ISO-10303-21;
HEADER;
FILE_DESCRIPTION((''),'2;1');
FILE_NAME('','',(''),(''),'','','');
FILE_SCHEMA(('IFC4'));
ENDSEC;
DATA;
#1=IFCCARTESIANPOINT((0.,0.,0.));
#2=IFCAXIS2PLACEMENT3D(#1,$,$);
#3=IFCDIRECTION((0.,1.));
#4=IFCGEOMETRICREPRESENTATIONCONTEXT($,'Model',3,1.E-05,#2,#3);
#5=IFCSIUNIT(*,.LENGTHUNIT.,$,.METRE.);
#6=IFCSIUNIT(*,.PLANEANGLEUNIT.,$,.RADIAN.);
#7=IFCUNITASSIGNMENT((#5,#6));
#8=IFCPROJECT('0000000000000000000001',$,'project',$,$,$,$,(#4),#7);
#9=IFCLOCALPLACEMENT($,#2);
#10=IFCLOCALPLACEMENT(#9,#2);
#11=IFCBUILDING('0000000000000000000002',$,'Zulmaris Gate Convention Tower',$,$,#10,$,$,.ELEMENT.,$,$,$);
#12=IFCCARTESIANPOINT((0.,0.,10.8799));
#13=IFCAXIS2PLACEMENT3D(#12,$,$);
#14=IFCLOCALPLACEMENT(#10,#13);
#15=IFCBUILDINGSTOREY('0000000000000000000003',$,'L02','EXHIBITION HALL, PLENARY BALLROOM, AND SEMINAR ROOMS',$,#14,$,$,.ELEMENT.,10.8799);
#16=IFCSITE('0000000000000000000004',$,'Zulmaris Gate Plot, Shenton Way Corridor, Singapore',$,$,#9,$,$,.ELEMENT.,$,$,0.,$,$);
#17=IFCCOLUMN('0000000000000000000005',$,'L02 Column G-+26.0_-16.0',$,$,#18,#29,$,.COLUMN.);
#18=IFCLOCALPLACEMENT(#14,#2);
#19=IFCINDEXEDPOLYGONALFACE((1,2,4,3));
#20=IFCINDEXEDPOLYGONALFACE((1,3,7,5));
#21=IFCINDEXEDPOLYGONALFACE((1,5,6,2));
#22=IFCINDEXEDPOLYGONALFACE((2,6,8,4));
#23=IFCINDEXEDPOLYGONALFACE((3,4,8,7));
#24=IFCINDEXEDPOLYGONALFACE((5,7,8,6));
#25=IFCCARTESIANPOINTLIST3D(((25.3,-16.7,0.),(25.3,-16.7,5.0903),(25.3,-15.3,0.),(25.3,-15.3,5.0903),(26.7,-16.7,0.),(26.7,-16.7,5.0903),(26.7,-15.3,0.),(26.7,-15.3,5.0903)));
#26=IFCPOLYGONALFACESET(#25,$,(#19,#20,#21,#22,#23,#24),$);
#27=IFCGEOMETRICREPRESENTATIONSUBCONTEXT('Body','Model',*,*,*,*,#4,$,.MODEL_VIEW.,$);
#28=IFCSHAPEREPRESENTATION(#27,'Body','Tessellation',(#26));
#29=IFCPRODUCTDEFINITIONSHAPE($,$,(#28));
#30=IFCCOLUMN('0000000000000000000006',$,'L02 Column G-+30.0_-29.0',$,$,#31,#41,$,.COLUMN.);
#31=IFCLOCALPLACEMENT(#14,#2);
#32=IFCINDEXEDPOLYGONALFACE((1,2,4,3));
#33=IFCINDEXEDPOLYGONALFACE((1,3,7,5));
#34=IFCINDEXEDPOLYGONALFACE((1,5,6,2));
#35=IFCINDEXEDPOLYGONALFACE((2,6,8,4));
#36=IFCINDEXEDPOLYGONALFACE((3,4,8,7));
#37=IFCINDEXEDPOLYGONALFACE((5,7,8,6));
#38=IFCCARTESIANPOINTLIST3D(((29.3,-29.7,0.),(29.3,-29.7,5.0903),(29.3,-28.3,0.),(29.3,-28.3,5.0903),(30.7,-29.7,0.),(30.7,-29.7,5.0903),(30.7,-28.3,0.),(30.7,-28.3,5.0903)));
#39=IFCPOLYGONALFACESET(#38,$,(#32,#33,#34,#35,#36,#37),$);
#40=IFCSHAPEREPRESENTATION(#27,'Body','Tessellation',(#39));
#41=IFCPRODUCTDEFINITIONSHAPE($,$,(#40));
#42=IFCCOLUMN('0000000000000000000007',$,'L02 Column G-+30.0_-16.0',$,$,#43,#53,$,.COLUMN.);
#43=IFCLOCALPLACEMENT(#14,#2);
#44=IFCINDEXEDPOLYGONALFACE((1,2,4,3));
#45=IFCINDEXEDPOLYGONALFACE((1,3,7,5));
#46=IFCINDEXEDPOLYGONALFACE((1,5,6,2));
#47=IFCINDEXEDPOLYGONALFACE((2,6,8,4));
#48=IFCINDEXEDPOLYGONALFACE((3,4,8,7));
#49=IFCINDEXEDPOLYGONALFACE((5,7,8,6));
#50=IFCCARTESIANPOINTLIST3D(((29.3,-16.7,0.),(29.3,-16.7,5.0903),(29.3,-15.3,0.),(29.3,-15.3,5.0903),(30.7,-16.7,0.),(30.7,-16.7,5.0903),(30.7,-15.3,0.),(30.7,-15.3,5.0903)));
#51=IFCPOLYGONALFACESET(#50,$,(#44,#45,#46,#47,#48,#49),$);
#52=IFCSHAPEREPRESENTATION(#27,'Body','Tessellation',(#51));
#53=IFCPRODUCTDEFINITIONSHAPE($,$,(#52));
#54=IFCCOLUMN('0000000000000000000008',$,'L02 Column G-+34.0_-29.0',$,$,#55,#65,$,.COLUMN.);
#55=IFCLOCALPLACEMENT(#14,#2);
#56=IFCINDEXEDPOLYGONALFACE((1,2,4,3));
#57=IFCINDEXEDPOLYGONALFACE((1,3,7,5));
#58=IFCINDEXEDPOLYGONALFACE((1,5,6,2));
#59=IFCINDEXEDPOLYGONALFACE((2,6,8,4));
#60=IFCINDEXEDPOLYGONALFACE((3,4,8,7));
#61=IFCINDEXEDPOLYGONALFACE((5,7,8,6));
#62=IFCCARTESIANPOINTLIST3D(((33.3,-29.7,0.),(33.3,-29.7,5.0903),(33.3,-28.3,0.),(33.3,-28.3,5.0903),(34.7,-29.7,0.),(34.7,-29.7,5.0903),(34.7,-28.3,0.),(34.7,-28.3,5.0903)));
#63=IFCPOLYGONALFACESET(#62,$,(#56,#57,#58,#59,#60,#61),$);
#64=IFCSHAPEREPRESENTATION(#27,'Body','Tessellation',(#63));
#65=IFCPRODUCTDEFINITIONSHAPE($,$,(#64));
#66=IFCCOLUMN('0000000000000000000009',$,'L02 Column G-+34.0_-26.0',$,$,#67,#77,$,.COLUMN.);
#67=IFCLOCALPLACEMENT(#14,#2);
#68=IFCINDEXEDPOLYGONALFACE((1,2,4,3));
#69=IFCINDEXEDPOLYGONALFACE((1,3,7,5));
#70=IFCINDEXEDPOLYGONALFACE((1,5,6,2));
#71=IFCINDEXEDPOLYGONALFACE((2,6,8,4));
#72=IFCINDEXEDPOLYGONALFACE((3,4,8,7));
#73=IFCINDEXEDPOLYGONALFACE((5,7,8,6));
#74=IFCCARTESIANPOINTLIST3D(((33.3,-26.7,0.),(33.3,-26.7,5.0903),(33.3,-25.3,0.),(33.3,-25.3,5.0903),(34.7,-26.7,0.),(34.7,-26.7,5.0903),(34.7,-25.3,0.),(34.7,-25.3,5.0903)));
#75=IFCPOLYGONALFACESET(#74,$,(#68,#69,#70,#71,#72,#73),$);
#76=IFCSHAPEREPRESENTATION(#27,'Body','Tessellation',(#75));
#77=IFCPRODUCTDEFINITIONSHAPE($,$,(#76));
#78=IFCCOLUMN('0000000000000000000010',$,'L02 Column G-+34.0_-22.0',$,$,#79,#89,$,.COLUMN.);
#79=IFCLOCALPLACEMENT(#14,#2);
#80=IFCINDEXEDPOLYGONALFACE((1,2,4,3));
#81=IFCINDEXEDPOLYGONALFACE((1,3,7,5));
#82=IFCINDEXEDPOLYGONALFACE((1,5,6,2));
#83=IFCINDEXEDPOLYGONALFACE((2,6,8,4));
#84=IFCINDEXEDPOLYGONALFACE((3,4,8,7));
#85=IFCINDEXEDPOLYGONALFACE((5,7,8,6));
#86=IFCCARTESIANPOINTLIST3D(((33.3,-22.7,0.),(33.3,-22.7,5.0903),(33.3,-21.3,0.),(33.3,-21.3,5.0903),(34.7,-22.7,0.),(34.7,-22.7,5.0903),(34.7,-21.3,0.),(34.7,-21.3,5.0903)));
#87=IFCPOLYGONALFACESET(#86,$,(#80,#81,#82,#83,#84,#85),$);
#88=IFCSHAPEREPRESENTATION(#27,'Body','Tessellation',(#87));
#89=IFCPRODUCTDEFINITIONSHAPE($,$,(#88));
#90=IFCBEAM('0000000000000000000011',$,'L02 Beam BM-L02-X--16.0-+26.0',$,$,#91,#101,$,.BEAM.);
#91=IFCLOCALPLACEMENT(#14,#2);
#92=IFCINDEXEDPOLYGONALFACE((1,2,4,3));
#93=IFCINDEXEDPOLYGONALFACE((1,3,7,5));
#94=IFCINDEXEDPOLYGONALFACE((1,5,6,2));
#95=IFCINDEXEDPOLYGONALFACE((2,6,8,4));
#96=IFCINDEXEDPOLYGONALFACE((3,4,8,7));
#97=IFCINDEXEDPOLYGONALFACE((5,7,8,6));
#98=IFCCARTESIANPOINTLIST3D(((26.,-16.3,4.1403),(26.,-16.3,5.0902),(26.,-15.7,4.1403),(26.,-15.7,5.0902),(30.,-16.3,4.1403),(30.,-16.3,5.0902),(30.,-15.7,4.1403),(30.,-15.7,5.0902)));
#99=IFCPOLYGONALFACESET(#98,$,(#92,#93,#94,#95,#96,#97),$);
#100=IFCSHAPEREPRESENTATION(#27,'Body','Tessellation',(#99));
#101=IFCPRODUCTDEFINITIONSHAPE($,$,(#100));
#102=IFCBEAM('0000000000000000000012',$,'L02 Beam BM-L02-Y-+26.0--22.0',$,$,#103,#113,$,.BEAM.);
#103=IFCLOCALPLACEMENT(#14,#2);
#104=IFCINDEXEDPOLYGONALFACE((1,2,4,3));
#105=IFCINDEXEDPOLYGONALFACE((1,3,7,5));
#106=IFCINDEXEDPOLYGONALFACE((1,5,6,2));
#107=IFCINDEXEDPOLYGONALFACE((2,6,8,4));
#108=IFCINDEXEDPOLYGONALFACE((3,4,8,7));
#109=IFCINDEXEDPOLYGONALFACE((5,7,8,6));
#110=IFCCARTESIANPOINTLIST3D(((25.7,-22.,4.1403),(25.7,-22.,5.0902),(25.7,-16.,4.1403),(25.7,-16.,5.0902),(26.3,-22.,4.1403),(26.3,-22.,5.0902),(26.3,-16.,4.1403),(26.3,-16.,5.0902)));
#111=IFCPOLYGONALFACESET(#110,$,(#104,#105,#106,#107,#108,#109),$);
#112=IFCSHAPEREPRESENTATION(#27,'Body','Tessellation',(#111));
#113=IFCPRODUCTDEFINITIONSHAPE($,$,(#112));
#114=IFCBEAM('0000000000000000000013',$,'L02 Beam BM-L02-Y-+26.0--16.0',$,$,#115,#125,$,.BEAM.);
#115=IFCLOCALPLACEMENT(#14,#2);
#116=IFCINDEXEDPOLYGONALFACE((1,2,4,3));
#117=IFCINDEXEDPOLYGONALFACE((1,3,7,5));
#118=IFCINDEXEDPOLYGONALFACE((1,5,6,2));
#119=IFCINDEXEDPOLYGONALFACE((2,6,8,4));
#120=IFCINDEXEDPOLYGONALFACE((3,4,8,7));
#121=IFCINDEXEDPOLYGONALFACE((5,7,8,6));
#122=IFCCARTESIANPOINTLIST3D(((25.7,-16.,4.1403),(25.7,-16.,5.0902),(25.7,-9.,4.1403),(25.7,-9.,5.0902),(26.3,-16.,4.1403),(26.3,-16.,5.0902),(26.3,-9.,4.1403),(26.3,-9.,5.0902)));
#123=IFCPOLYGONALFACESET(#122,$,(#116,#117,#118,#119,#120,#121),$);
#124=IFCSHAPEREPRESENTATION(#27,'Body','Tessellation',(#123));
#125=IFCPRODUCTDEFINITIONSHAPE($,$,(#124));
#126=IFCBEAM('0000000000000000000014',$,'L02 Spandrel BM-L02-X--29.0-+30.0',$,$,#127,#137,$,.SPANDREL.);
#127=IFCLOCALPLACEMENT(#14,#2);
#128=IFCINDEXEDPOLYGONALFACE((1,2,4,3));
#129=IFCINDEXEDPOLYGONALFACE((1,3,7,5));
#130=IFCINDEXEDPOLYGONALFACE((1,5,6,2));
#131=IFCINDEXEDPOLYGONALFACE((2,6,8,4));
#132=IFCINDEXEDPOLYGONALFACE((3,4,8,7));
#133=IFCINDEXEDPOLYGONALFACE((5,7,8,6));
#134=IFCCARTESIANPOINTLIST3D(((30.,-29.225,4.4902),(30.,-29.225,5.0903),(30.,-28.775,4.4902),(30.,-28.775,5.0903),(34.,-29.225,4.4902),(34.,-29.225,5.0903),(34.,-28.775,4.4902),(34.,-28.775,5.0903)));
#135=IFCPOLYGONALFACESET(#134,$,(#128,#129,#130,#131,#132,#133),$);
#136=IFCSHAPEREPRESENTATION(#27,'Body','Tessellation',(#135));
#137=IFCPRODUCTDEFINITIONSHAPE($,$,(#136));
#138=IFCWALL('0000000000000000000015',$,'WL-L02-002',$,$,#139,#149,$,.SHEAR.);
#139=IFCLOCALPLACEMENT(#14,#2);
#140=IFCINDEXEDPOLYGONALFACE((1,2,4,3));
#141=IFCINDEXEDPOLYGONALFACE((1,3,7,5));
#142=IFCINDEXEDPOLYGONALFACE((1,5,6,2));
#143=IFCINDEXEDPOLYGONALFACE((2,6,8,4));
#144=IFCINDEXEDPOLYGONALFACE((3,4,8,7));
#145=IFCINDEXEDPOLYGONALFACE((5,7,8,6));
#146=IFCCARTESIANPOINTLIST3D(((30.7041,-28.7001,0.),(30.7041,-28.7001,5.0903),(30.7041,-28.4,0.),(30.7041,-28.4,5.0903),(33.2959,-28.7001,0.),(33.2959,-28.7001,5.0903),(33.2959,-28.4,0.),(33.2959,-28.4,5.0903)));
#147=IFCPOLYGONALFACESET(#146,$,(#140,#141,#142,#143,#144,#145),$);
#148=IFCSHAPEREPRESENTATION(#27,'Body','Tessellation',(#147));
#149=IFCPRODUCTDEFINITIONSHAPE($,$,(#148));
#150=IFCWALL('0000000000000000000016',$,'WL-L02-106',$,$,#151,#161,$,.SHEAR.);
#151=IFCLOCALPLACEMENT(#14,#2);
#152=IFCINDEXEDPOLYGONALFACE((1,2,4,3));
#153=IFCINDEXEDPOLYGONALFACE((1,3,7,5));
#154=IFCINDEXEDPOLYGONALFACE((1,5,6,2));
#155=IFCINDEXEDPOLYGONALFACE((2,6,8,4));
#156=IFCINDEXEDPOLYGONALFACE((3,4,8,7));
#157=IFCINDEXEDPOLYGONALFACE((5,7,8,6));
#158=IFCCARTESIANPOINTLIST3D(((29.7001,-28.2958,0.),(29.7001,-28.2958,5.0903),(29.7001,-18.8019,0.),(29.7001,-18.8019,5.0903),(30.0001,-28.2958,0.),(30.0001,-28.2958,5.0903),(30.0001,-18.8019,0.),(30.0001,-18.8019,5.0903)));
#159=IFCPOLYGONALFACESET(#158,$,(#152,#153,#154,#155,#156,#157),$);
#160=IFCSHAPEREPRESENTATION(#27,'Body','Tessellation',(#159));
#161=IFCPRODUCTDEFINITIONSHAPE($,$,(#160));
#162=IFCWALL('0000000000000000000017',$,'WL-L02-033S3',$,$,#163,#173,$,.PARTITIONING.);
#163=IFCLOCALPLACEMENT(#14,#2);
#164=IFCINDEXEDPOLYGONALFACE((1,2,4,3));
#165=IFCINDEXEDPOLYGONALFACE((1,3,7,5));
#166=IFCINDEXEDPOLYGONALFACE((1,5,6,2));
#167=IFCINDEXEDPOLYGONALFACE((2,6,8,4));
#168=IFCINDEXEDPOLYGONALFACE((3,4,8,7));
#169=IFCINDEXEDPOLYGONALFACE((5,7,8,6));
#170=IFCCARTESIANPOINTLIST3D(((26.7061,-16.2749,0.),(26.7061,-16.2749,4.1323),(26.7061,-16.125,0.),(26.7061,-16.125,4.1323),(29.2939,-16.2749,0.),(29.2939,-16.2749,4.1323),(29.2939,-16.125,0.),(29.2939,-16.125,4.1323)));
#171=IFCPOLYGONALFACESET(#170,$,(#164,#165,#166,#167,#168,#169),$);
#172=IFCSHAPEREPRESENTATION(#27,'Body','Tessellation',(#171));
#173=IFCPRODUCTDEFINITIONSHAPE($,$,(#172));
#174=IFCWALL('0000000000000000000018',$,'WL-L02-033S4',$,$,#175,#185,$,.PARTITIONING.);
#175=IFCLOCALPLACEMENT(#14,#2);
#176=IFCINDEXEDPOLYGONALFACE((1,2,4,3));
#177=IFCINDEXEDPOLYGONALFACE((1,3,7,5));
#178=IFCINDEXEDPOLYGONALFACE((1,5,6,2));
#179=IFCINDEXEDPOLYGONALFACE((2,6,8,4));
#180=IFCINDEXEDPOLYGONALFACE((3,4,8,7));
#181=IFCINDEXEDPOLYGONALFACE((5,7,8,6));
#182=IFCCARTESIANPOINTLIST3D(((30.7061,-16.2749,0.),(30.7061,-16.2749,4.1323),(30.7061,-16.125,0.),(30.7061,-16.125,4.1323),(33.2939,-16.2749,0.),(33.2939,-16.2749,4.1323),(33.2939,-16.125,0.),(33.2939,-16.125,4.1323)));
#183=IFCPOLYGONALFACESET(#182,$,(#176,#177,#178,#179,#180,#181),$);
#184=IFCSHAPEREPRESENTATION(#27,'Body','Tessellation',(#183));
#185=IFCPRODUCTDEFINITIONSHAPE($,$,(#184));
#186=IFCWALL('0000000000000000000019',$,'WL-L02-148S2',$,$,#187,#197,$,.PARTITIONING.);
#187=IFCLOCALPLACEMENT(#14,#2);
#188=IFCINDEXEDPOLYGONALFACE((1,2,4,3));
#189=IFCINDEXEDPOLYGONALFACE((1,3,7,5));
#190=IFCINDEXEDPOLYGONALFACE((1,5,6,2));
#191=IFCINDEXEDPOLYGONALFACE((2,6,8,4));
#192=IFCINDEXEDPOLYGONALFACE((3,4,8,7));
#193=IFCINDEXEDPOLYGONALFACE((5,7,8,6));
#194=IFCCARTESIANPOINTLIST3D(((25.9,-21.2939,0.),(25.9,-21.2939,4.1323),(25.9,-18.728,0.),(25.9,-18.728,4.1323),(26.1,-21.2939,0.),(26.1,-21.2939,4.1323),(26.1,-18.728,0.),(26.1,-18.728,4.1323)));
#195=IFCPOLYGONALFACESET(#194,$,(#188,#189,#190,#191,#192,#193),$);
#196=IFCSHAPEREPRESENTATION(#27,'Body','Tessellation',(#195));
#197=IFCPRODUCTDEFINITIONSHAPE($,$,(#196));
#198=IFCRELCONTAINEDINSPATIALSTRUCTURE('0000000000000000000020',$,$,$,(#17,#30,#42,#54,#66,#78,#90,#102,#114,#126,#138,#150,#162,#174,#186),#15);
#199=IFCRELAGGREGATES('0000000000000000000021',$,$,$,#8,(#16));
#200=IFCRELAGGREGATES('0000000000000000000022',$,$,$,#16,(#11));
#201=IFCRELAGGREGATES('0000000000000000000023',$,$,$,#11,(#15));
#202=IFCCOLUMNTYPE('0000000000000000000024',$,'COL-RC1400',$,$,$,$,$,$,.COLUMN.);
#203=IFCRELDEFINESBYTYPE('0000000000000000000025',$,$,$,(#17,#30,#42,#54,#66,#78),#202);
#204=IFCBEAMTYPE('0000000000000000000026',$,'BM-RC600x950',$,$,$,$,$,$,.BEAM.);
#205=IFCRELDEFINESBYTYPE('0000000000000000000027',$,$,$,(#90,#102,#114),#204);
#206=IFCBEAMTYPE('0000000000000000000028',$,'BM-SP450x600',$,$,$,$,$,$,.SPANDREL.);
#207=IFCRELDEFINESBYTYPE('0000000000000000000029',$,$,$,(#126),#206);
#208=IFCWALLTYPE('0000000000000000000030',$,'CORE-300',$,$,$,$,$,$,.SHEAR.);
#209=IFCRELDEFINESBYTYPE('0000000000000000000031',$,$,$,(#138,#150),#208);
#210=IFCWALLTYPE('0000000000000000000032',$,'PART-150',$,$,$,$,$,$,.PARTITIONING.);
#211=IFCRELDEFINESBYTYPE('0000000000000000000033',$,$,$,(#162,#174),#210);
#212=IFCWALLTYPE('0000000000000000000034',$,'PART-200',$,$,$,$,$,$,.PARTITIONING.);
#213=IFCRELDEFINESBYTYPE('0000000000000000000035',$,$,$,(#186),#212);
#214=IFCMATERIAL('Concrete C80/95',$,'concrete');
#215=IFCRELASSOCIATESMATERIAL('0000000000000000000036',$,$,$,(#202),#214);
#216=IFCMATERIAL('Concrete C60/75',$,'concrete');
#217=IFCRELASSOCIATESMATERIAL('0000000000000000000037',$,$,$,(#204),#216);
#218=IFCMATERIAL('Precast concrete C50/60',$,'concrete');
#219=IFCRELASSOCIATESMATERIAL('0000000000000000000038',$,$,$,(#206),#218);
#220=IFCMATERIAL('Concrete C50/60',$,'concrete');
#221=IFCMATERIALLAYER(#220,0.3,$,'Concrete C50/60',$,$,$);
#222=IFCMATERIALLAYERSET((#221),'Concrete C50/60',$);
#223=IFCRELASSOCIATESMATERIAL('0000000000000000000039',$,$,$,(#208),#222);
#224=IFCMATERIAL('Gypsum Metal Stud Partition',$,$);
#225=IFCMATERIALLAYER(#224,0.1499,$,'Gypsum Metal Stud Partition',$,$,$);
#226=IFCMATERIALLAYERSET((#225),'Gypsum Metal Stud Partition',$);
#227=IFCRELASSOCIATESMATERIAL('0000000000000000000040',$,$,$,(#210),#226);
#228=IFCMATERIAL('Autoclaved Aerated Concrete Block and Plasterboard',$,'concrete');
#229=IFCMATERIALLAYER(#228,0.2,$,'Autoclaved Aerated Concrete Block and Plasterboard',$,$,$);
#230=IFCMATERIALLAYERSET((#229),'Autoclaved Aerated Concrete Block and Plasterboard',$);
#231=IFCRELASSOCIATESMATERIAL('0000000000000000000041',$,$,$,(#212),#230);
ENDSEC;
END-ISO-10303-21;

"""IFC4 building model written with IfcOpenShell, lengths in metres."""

from ifc_helpers import new_model, si_unit, direction, frame, frame_2d, origin, origin_2d, place, context, subcontext, project, spatial, rectangle, extrude, material, layer, layer_set, material_profile, profile_set, type_object, element, save


model = new_model("IFC4")

# Units and contexts
model_context = context("Model", 3, precision=1e-05, world=origin(), true_north=direction((0.0, 1.0)))
body_context = subcontext(model_context, "Body", "Model", "MODEL_VIEW")
ifc_project = project(units=[si_unit("LENGTHUNIT", "METRE"), si_unit("PLANEANGLEUNIT", "RADIAN")], contexts=[model_context])

# Site, building, storey
site_placement = place(None, origin())
site = spatial("IfcSite", under=ifc_project, at=site_placement, Name="Zulmaris Gate Plot, Shenton Way Corridor, Singapore", CompositionType="ELEMENT", RefElevation=0.0)
building_placement = place(site_placement, origin())
building = spatial("IfcBuilding", under=site, at=building_placement, Name="Zulmaris Gate Convention Tower", CompositionType="ELEMENT")
storey_placement = place(building_placement, frame((0.0, 0.0, 10.8799)))
storey = spatial("IfcBuildingStorey", under=building, at=storey_placement, Name="L02", Description="EXHIBITION HALL, PLENARY BALLROOM, AND SEMINAR ROOMS", CompositionType="ELEMENT", Elevation=10.8799)

# Columns
ifc_material_1 = material(Name="Concrete C80/95", Category="concrete")
ifc_material_profile_1 = material_profile(ifc_material_1, rectangle(XDim=1.3999, YDim=1.3999, at=origin_2d()), Name="RC COL 1400x1400")
ifc_profile_set_1 = profile_set([ifc_material_profile_1], Name="Concrete C80/95")
column_type = type_object("IfcColumnType", Name="COL-RC1400", PredefinedType="COLUMN", material=ifc_profile_set_1)
for number, where, z_axis, x_axis, name in (
    (1, (26.0, -16.0, 0.0), (0.0, 0.0, 1.0), (1.0, 0.0, 0.0), "L02 Column G-+26.0_-16.0"),
    (2, (30.0, -29.0, 0.0), (0.0, 0.0, 1.0), (1.0, 0.0, 0.0), "L02 Column G-+30.0_-29.0"),
    (3, (30.0, -16.0, 0.0), (0.0, 0.0, 1.0), (1.0, 0.0, 0.0), "L02 Column G-+30.0_-16.0"),
    (4, (34.0, -29.0, 0.0), (0.0, 0.0, 1.0), (1.0, 0.0, 0.0), "L02 Column G-+34.0_-29.0"),
    (5, (34.0, -26.0, 0.0), (0.0, 0.0, 1.0), (1.0, 0.0, 0.0), "L02 Column G-+34.0_-26.0"),
    (6, (34.0, -22.0, 0.0), (0.0, 0.0, 1.0), (1.0, 0.0, 0.0), "L02 Column G-+34.0_-22.0"),
):
    element("IfcColumn", number, at=place(storey_placement, frame(where, z_axis=z_axis, x_axis=x_axis)), inside=storey, type_object=column_type, Name=name, PredefinedType="COLUMN", context=body_context, shape_type="SweptSolid", body=[
        extrude(rectangle(XDim=1.3999, YDim=1.3999, at=origin_2d()), origin(), (0.0, 0.0, 1.0), 5.0903),
    ])

# Beams
ifc_material_2 = material(Name="Concrete C60/75", Category="concrete")
ifc_material_profile_2 = material_profile(ifc_material_2, rectangle(XDim=0.6001, YDim=0.95, at=origin_2d()), Name="RC BEAM 600x950")
ifc_profile_set_2 = profile_set([ifc_material_profile_2], Name="Concrete C60/75")
beam_type_1 = type_object("IfcBeamType", Name="BM-RC600x950", PredefinedType="BEAM", material=ifc_profile_set_2)
beam_1_placement = place(storey_placement, frame((26.0, -16.0, 4.6152), z_axis=(1.0, 0.0, 0.0), x_axis=(0.0, 1.0, 0.0)))
element("IfcBeam", 7, at=beam_1_placement, inside=storey, type_object=beam_type_1, Name="L02 Beam BM-L02-X--16.0-+26.0", PredefinedType="BEAM", context=body_context, shape_type="SweptSolid", body=[
    extrude(rectangle(XDim=0.6001, YDim=0.95, at=origin_2d()), origin(), (0.0, 0.0, 1.0), 4.0),
])
beam_2_placement = place(storey_placement, frame((26.0, -22.0, 4.6152), z_axis=(0.0, 1.0, 0.0), x_axis=(-1.0, 0.0, 0.0)))
element("IfcBeam", 8, at=beam_2_placement, inside=storey, type_object=beam_type_1, Name="L02 Beam BM-L02-Y-+26.0--22.0", PredefinedType="BEAM", context=body_context, shape_type="SweptSolid", body=[
    extrude(rectangle(XDim=0.6001, YDim=0.95, at=origin_2d()), origin(), (0.0, 0.0, 1.0), 6.0),
])
beam_3_placement = place(storey_placement, frame((26.0, -16.0, 4.6152), z_axis=(0.0, 1.0, 0.0), x_axis=(-1.0, 0.0, 0.0)))
element("IfcBeam", 9, at=beam_3_placement, inside=storey, type_object=beam_type_1, Name="L02 Beam BM-L02-Y-+26.0--16.0", PredefinedType="BEAM", context=body_context, shape_type="SweptSolid", body=[
    extrude(rectangle(XDim=0.6001, YDim=0.95, at=origin_2d()), origin(), (0.0, 0.0, 1.0), 7.0),
])
ifc_material_3 = material(Name="Precast concrete C50/60", Category="concrete")
ifc_material_profile_3 = material_profile(ifc_material_3, rectangle(XDim=0.45, YDim=0.6001, at=origin_2d()), Name="RC SPANDREL 450x600")
ifc_profile_set_3 = profile_set([ifc_material_profile_3], Name="Precast concrete C50/60")
beam_type_2 = type_object("IfcBeamType", Name="BM-SP450x600", PredefinedType="SPANDREL", material=ifc_profile_set_3)
beam_4_placement = place(storey_placement, frame((30.0, -29.0, 4.7903), z_axis=(1.0, 0.0, 0.0), x_axis=(0.0, 1.0, 0.0)))
element("IfcBeam", 10, at=beam_4_placement, inside=storey, type_object=beam_type_2, Name="L02 Spandrel BM-L02-X--29.0-+30.0", PredefinedType="SPANDREL", context=body_context, shape_type="SweptSolid", body=[
    extrude(rectangle(XDim=0.45, YDim=0.6001, at=origin_2d()), origin(), (0.0, 0.0, 1.0), 4.0),
])

# Wall
ifc_material_4 = material(Name="Concrete C50/60", Category="concrete")
ifc_layer_1 = layer(ifc_material_4, 0.3, Name="Concrete C50/60")
ifc_layer_set_1 = layer_set([ifc_layer_1], Name="Concrete C50/60")
wall_type_1 = type_object("IfcWallType", Name="CORE-300", PredefinedType="SHEAR", material=ifc_layer_set_1)
wall_1_placement = place(storey_placement, frame((30.7041, -28.55, 0.0), z_axis=(0.0, 0.0, 1.0), x_axis=(1.0, 0.0, 0.0)))
element("IfcWall", 11, at=wall_1_placement, inside=storey, type_object=wall_type_1, Name="WL-L02-002", PredefinedType="SHEAR", context=body_context, shape_type="SweptSolid", body=[
    extrude(rectangle(XDim=2.5918, YDim=0.3, at=frame_2d((1.2959, 0.0))), origin(), (0.0, 0.0, 1.0), 5.0903),
])

# Walls
wall_2_placement = place(storey_placement, frame((29.8501, -28.2959, 0.0), z_axis=(0.0, 0.0, 1.0), x_axis=(0.0, 1.0, 0.0)))
element("IfcWall", 12, at=wall_2_placement, inside=storey, type_object=wall_type_1, Name="WL-L02-106", PredefinedType="SHEAR", context=body_context, shape_type="SweptSolid", body=[
    extrude(rectangle(XDim=9.4939, YDim=0.3, at=frame_2d((4.7471, 0.0))), origin(), (0.0, 0.0, 1.0), 5.0903),
])
ifc_material_5 = material(Name="Gypsum Metal Stud Partition")
ifc_layer_2 = layer(ifc_material_5, 0.1499, Name="Gypsum Metal Stud Partition")
ifc_layer_set_2 = layer_set([ifc_layer_2], Name="Gypsum Metal Stud Partition")
wall_type_2 = type_object("IfcWallType", Name="PART-150", PredefinedType="PARTITIONING", material=ifc_layer_set_2)
for number, where, z_axis, x_axis, name in (
    (13, (26.7061, -16.2, 0.0), (0.0, 0.0, 1.0), (1.0, 0.0, 0.0), "WL-L02-033S3"),
    (14, (30.7061, -16.2, 0.0), (0.0, 0.0, 1.0), (1.0, 0.0, 0.0), "WL-L02-033S4"),
):
    element("IfcWall", number, at=place(storey_placement, frame(where, z_axis=z_axis, x_axis=x_axis)), inside=storey, type_object=wall_type_2, Name=name, PredefinedType="PARTITIONING", context=body_context, shape_type="SweptSolid", body=[
        extrude(rectangle(XDim=2.5879, YDim=0.1499, at=frame_2d((1.2939, 0.0))), origin(), (0.0, 0.0, 1.0), 4.1323),
    ])
ifc_material_6 = material(Name="Autoclaved Aerated Concrete Block and Plasterboard", Category="concrete")
ifc_layer_3 = layer(ifc_material_6, 0.2, Name="Autoclaved Aerated Concrete Block and Plasterboard")
ifc_layer_set_3 = layer_set([ifc_layer_3], Name="Autoclaved Aerated Concrete Block and Plasterboard")
wall_type_3 = type_object("IfcWallType", Name="PART-200", PredefinedType="PARTITIONING", material=ifc_layer_set_3)
wall_3_placement = place(storey_placement, frame((26.0, -21.2939, 0.0), z_axis=(0.0, 0.0, 1.0), x_axis=(0.0, 1.0, 0.0)))
element("IfcWall", 15, at=wall_3_placement, inside=storey, type_object=wall_type_3, Name="WL-L02-148S2", PredefinedType="PARTITIONING", context=body_context, shape_type="SweptSolid", body=[
    extrude(rectangle(XDim=2.5659, YDim=0.2, at=frame_2d((1.283, 0.0))), origin(), (0.0, 0.0, 1.0), 4.1323),
])

save(model, "model.ifc")
